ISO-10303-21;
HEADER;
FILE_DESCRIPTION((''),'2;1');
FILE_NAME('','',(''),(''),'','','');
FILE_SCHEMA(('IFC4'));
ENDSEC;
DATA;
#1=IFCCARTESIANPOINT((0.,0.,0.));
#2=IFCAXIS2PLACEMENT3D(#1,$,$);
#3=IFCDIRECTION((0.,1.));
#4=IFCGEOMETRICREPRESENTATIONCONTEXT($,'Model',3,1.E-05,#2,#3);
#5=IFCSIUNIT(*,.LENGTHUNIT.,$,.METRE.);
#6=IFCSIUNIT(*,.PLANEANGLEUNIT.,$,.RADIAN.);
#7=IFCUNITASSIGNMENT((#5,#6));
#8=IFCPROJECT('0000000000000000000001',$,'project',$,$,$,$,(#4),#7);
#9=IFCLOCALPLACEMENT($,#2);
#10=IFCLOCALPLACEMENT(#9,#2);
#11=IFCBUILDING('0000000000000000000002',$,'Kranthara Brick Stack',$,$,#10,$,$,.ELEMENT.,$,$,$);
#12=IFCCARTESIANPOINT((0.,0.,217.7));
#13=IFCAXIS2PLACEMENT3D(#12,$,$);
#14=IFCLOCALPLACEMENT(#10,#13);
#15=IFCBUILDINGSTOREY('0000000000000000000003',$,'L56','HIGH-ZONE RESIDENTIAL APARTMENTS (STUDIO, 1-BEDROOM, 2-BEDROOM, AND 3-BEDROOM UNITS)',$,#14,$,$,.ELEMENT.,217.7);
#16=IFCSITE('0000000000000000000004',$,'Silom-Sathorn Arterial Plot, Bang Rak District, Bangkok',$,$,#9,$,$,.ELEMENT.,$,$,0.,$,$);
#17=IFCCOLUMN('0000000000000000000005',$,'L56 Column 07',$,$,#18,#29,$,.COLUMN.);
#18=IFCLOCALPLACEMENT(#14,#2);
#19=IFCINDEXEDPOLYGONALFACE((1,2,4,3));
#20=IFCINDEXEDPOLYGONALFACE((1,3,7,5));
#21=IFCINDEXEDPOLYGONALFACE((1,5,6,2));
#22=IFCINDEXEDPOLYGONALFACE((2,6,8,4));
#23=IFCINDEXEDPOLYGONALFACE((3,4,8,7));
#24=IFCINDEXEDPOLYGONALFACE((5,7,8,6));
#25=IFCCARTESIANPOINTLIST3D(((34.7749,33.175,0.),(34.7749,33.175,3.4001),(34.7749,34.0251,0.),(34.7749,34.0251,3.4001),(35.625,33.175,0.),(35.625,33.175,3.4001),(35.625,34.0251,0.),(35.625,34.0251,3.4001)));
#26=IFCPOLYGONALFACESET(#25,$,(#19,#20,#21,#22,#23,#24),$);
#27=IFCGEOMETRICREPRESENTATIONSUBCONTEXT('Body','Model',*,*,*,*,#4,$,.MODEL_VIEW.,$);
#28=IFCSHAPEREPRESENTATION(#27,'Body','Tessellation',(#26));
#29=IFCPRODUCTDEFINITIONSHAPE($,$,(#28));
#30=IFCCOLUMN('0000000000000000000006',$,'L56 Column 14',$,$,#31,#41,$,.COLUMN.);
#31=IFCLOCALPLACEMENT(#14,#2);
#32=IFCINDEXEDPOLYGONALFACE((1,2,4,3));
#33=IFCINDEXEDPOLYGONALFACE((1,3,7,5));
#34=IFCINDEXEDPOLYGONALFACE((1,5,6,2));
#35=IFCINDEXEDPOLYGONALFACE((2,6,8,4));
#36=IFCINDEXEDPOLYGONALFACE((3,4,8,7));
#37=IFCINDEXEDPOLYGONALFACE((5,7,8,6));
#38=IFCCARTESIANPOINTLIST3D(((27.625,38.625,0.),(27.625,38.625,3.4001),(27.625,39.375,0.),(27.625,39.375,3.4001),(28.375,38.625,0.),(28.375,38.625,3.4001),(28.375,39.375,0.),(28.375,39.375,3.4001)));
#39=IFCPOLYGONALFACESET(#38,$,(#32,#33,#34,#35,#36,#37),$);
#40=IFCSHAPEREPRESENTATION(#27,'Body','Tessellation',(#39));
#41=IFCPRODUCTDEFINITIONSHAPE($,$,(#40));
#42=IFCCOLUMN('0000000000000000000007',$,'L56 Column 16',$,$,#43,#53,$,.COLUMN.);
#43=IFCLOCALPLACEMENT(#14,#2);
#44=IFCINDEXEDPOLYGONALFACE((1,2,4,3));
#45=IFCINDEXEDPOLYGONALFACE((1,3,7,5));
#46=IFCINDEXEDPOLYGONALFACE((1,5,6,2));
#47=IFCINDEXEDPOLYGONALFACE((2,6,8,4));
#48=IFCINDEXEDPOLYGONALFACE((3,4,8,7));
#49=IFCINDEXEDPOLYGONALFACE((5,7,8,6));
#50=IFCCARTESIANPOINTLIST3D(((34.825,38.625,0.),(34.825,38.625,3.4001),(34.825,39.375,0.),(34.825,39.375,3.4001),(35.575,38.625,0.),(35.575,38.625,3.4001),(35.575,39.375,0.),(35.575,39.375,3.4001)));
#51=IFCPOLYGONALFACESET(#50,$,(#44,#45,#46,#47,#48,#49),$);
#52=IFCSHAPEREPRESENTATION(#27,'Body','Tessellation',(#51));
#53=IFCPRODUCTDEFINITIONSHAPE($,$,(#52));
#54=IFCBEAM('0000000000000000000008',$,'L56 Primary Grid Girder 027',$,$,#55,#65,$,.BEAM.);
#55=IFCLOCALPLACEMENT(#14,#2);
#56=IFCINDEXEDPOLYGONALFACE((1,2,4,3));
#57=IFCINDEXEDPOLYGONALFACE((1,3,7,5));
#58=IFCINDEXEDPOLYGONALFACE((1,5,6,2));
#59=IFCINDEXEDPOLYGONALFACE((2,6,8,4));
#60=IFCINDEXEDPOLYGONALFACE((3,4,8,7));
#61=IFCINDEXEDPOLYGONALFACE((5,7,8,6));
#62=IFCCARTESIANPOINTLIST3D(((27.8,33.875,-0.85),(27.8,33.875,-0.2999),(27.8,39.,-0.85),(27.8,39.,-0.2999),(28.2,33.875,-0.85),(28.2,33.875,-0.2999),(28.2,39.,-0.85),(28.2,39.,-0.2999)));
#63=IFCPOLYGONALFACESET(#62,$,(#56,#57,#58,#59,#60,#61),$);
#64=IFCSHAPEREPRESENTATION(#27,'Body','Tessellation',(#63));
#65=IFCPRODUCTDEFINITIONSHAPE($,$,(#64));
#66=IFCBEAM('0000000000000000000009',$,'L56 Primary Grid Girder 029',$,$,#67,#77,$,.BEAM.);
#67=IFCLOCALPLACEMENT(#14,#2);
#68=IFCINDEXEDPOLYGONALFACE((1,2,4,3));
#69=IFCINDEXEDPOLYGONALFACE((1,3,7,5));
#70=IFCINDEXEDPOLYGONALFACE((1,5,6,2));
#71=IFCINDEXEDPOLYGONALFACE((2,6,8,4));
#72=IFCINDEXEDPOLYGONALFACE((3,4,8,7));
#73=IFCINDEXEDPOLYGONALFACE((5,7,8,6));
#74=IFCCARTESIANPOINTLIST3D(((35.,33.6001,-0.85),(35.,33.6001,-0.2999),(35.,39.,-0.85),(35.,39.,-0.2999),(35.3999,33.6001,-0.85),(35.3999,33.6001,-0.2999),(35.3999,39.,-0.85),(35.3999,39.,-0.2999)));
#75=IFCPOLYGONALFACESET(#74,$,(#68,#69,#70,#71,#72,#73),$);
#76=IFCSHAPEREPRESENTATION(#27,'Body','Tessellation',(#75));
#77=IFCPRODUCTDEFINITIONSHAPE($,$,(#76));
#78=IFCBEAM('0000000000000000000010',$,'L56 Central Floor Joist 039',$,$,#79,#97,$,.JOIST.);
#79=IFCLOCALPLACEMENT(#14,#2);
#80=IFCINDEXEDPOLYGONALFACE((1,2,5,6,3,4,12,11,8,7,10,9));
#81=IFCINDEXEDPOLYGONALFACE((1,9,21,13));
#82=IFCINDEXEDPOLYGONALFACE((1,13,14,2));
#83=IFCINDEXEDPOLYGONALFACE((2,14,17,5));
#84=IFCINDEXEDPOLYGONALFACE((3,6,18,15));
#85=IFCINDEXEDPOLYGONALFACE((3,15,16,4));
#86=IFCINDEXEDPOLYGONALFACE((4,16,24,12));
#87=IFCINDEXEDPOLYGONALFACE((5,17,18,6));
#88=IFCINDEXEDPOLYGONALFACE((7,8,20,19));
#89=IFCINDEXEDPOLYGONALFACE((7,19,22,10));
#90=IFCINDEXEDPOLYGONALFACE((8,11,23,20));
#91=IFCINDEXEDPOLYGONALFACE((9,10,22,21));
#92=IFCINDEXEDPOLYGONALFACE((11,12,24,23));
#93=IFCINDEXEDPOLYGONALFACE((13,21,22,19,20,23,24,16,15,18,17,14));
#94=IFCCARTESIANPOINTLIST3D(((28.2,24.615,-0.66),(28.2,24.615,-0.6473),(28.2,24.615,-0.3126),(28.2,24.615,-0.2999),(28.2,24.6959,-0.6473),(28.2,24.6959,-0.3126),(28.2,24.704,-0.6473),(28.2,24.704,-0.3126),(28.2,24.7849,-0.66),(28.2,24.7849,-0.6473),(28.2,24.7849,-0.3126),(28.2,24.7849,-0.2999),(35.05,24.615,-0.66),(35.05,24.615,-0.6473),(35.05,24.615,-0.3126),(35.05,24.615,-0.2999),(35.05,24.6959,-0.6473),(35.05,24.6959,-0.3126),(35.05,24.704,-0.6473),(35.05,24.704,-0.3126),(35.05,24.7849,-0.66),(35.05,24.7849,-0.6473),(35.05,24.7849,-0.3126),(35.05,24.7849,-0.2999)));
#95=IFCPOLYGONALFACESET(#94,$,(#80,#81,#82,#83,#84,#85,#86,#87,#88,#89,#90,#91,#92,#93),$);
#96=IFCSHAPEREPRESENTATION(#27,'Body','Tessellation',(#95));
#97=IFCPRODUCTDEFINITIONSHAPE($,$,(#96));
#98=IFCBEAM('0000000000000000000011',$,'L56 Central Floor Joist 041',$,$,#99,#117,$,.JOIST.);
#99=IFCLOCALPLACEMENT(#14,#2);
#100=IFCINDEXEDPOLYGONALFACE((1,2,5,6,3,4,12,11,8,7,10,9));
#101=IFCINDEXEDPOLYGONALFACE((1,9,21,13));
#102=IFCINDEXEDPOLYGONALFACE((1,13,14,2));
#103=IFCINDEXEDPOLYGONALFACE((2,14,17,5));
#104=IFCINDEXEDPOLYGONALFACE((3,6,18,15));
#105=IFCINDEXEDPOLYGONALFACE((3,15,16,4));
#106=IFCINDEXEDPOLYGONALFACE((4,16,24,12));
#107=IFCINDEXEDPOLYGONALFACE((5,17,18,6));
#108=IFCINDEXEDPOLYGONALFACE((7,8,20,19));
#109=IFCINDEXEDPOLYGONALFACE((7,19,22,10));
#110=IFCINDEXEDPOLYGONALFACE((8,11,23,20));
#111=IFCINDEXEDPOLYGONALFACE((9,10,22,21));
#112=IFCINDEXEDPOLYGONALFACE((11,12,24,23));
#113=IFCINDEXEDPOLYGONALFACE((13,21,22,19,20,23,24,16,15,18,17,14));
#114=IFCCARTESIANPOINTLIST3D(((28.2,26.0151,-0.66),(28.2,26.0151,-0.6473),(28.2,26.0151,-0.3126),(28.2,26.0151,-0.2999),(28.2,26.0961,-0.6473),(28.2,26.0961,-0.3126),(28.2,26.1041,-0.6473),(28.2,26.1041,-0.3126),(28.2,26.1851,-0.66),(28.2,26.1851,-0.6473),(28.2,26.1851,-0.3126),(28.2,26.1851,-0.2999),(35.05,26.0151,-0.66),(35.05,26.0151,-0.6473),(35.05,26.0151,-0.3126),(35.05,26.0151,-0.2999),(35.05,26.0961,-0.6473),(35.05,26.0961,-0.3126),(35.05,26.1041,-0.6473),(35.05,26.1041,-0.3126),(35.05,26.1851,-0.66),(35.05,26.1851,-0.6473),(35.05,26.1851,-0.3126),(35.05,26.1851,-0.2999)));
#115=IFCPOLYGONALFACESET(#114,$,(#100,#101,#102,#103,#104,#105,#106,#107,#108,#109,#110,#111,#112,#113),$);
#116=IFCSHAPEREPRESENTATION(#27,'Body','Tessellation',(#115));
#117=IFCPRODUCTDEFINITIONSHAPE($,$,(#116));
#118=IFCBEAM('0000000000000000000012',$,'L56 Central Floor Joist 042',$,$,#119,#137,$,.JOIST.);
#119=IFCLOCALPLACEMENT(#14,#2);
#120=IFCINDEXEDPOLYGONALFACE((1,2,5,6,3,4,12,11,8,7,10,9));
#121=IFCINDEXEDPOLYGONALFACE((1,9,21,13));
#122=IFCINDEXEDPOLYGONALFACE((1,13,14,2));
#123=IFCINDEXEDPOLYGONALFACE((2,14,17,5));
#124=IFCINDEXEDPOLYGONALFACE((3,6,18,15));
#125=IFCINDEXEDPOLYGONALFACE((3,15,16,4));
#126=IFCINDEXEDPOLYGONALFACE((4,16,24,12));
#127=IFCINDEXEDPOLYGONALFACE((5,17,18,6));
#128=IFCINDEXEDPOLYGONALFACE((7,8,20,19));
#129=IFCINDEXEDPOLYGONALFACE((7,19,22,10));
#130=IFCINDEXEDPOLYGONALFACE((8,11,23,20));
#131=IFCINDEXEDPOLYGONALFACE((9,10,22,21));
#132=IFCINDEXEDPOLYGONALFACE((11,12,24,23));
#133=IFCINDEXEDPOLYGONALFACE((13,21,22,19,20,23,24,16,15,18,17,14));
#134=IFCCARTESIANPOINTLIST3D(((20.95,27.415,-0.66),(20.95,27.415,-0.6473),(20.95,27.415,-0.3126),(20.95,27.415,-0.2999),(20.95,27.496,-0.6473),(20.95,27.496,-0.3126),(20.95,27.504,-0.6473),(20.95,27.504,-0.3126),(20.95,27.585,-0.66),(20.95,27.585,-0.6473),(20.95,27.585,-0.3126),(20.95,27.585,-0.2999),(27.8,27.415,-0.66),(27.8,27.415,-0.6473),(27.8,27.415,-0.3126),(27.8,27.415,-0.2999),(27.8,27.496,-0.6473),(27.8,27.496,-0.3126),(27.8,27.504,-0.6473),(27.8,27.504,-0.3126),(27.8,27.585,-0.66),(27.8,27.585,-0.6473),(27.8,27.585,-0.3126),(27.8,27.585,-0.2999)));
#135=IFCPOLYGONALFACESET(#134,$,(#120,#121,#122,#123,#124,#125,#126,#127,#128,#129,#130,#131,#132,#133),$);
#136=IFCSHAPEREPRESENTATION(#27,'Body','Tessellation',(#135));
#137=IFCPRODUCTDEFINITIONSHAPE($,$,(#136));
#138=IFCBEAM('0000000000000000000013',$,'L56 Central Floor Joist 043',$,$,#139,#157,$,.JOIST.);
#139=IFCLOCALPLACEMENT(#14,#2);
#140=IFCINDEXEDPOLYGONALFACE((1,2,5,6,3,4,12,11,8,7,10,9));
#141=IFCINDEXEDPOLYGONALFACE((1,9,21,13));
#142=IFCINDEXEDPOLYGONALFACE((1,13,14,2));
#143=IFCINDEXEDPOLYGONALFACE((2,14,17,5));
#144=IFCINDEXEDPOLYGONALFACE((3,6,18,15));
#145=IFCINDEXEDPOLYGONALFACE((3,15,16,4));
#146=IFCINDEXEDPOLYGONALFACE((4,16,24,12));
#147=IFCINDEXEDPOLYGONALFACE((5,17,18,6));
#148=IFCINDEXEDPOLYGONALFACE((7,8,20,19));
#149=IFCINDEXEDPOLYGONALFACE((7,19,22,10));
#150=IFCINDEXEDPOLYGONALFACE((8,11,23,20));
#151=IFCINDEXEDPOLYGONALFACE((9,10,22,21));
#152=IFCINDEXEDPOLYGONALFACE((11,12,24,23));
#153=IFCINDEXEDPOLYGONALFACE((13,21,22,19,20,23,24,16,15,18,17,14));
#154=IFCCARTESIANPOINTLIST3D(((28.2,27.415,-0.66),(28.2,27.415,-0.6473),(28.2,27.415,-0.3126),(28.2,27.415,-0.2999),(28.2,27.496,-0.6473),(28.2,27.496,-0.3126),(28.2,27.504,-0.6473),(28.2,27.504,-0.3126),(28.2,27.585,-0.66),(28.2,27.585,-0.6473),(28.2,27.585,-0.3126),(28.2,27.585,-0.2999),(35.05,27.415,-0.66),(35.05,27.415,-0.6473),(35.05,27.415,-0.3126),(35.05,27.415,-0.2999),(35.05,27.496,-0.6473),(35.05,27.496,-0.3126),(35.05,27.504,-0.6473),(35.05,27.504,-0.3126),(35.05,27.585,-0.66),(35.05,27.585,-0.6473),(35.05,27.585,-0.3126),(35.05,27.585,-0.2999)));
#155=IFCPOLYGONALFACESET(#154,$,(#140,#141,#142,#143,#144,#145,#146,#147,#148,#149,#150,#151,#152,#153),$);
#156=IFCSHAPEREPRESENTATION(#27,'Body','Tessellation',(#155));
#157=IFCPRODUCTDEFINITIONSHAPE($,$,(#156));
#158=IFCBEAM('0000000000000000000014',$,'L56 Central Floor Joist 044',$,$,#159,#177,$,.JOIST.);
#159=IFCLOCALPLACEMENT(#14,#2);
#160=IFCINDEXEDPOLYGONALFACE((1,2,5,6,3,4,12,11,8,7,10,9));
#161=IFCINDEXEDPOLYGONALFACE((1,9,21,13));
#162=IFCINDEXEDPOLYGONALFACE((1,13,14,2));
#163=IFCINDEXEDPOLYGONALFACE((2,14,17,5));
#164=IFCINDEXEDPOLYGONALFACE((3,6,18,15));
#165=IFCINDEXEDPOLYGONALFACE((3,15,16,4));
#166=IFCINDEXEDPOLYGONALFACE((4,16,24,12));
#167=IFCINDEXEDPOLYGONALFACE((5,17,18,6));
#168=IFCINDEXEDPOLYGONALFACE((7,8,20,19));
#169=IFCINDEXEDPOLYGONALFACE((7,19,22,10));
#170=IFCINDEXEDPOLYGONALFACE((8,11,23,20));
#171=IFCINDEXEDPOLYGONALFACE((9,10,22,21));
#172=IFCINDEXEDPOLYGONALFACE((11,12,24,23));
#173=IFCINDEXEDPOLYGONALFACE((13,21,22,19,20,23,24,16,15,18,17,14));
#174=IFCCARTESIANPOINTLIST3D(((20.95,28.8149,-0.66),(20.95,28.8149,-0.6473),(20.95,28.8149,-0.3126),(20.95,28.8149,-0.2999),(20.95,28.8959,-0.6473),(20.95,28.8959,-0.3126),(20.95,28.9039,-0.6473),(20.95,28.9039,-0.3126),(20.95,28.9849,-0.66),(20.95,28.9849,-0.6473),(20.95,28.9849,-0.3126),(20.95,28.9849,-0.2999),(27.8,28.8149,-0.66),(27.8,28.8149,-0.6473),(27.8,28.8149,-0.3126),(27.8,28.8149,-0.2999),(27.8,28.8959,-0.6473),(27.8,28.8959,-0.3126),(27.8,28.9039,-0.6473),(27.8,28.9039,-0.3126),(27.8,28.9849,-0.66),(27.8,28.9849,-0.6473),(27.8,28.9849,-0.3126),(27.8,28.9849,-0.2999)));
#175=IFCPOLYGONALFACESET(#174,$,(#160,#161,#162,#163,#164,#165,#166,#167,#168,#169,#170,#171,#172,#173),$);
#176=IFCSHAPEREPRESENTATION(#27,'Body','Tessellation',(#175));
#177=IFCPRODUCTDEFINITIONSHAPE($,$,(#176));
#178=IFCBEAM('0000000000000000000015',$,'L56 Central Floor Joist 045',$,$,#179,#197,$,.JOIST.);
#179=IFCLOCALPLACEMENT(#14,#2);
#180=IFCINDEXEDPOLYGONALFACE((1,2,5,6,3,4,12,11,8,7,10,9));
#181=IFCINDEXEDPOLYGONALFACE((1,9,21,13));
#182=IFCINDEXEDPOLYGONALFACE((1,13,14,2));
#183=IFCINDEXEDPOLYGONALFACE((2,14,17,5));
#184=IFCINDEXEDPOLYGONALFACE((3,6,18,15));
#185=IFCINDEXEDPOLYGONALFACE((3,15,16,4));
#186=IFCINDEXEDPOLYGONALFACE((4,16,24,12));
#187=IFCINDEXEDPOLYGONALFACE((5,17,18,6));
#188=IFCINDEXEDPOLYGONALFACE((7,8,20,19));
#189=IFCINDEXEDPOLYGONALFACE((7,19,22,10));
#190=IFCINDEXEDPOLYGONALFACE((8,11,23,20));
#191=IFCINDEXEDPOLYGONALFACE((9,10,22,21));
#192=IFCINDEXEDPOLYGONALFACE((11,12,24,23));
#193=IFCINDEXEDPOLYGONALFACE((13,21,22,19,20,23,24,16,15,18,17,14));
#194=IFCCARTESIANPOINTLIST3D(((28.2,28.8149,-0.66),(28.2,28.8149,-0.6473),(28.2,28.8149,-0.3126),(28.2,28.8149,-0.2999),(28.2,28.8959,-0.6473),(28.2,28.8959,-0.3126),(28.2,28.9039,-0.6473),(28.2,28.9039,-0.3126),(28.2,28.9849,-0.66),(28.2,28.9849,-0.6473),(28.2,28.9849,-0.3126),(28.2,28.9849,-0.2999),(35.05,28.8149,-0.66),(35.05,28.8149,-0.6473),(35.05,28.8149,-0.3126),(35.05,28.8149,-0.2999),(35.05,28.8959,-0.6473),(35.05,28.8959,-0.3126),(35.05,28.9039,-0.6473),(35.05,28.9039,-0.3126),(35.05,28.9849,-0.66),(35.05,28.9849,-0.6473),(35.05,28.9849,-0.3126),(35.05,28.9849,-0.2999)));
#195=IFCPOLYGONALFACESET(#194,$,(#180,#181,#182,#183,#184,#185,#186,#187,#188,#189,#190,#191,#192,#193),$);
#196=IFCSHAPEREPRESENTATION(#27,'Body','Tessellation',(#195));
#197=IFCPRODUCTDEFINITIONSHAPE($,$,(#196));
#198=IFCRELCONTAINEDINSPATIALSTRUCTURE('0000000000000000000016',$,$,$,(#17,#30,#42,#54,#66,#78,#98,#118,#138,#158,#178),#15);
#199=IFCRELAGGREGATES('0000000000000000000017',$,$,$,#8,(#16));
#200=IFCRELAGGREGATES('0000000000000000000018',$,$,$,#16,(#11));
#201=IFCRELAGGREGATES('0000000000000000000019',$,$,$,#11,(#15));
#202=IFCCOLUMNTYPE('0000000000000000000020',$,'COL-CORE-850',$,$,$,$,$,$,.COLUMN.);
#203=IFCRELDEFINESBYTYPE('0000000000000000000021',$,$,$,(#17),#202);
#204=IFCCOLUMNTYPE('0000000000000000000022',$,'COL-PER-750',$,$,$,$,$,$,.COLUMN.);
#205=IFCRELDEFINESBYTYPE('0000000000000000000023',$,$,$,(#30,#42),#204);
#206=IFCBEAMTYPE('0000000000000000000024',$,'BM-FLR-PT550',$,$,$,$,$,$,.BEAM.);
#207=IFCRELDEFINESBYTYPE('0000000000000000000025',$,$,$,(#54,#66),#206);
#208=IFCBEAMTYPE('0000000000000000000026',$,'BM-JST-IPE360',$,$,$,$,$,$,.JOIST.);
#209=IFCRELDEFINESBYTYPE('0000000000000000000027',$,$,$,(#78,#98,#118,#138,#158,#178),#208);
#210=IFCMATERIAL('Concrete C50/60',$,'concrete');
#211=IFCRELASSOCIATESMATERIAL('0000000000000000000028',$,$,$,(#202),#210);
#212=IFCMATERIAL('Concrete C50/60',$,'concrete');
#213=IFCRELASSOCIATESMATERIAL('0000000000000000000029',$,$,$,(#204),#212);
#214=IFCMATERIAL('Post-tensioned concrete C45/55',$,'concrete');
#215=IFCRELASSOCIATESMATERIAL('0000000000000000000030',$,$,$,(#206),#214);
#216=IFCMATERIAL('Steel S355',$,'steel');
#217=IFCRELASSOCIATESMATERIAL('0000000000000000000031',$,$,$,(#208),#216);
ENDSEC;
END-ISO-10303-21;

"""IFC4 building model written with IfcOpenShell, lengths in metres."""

from ifc_helpers import new_model, si_unit, direction, frame, origin, origin_2d, place, context, subcontext, project, spatial, rectangle, i_section, extrude, material, material_profile, profile_set, type_object, element, save


model = new_model("IFC4")

# Units and contexts
model_context = context("Model", 3, precision=1e-05, world=origin(), true_north=direction((0.0, 1.0)))
body_context = subcontext(model_context, "Body", "Model", "MODEL_VIEW")
ifc_project = project(units=[si_unit("LENGTHUNIT", "METRE"), si_unit("PLANEANGLEUNIT", "RADIAN")], contexts=[model_context])

# Site, building, storey
site_placement = place(None, origin())
site = spatial("IfcSite", under=ifc_project, at=site_placement, Name="Silom-Sathorn Arterial Plot, Bang Rak District, Bangkok", CompositionType="ELEMENT", RefElevation=0.0)
building_placement = place(site_placement, origin())
building = spatial("IfcBuilding", under=site, at=building_placement, Name="Kranthara Brick Stack", CompositionType="ELEMENT")
storey_placement = place(building_placement, frame((0.0, 0.0, 217.7)))
storey = spatial("IfcBuildingStorey", under=building, at=storey_placement, Name="L56", Description="HIGH-ZONE RESIDENTIAL APARTMENTS (STUDIO, 1-BEDROOM, 2-BEDROOM, AND 3-BEDROOM UNITS)", CompositionType="ELEMENT", Elevation=217.7)

# Columns
ifc_material_1 = material(Name="Concrete C50/60", Category="concrete")
ifc_material_profile_1 = material_profile(ifc_material_1, rectangle(XDim=0.8501, YDim=0.8501, at=origin_2d()), Name="RC 850x850")
ifc_profile_set_1 = profile_set([ifc_material_profile_1], Name="Concrete C50/60")
column_type_1 = type_object("IfcColumnType", Name="COL-CORE-850", PredefinedType="COLUMN", material=ifc_profile_set_1)
column_placement = place(storey_placement, frame((35.2, 33.6001, 0.0), z_axis=(0.0, 0.0, 1.0), x_axis=(1.0, 0.0, 0.0)))
element("IfcColumn", 1, at=column_placement, inside=storey, type_object=column_type_1, Name="L56 Column 07", PredefinedType="COLUMN", context=body_context, shape_type="SweptSolid", body=[
    extrude(rectangle(XDim=0.8501, YDim=0.8501, at=origin_2d()), origin(), (0.0, 0.0, 1.0), 3.4001),
])
ifc_material_2 = material(Name="Concrete C50/60", Category="concrete")
ifc_material_profile_2 = material_profile(ifc_material_2, rectangle(XDim=0.75, YDim=0.75, at=origin_2d()), Name="RC 750x750")
ifc_profile_set_2 = profile_set([ifc_material_profile_2], Name="Concrete C50/60")
column_type_2 = type_object("IfcColumnType", Name="COL-PER-750", PredefinedType="COLUMN", material=ifc_profile_set_2)
for number, where, z_axis, x_axis, name in (
    (2, (28.0, 39.0, 0.0), (0.0, 0.0, 1.0), (1.0, 0.0, 0.0), "L56 Column 14"),
    (3, (35.2, 39.0, 0.0), (0.0, 0.0, 1.0), (1.0, 0.0, 0.0), "L56 Column 16"),
):
    element("IfcColumn", number, at=place(storey_placement, frame(where, z_axis=z_axis, x_axis=x_axis)), inside=storey, type_object=column_type_2, Name=name, PredefinedType="COLUMN", context=body_context, shape_type="SweptSolid", body=[
        extrude(rectangle(XDim=0.75, YDim=0.75, at=origin_2d()), origin(), (0.0, 0.0, 1.0), 3.4001),
    ])

# Beams
ifc_material_3 = material(Name="Post-tensioned concrete C45/55", Category="concrete")
ifc_material_profile_3 = material_profile(ifc_material_3, rectangle(XDim=0.3999, YDim=0.55, at=origin_2d()), Name="PT 400x550")
ifc_profile_set_3 = profile_set([ifc_material_profile_3], Name="Post-tensioned concrete C45/55")
beam_type_1 = type_object("IfcBeamType", Name="BM-FLR-PT550", PredefinedType="BEAM", material=ifc_profile_set_3)
beam_1_placement = place(storey_placement, frame((28.0, 33.875, -0.575), z_axis=(0.0, 1.0, 0.0), x_axis=(-1.0, 0.0, 0.0)))
element("IfcBeam", 4, at=beam_1_placement, inside=storey, type_object=beam_type_1, Name="L56 Primary Grid Girder 027", PredefinedType="BEAM", context=body_context, shape_type="SweptSolid", body=[
    extrude(rectangle(XDim=0.3999, YDim=0.55, at=origin_2d()), origin(), (0.0, 0.0, 1.0), 5.125),
])
beam_2_placement = place(storey_placement, frame((35.2, 33.6001, -0.575), z_axis=(0.0, 1.0, 0.0), x_axis=(-1.0, 0.0, 0.0)))
element("IfcBeam", 5, at=beam_2_placement, inside=storey, type_object=beam_type_1, Name="L56 Primary Grid Girder 029", PredefinedType="BEAM", context=body_context, shape_type="SweptSolid", body=[
    extrude(rectangle(XDim=0.3999, YDim=0.55, at=origin_2d()), origin(), (0.0, 0.0, 1.0), 5.3999),
])
ifc_material_4 = material(Name="Steel S355", Category="steel")
ifc_material_profile_4 = material_profile(ifc_material_4, i_section(OverallWidth=0.1699, OverallDepth=0.3601, WebThickness=0.0081, FlangeThickness=0.0127, at=origin_2d()), Name="IPE 360")
ifc_profile_set_4 = profile_set([ifc_material_profile_4], Name="Steel S355")
beam_type_2 = type_object("IfcBeamType", Name="BM-JST-IPE360", PredefinedType="JOIST", material=ifc_profile_set_4)
for number, where, z_axis, x_axis, name in (
    (6, (28.2, 24.7, -0.48), (1.0, 0.0, 0.0), (0.0, 1.0, 0.0), "L56 Central Floor Joist 039"),
    (7, (28.2, 26.1001, -0.48), (1.0, 0.0, 0.0), (0.0, 1.0, 0.0), "L56 Central Floor Joist 041"),
    (8, (20.95, 27.5, -0.48), (1.0, 0.0, 0.0), (0.0, 1.0, 0.0), "L56 Central Floor Joist 042"),
    (9, (28.2, 27.5, -0.48), (1.0, 0.0, 0.0), (0.0, 1.0, 0.0), "L56 Central Floor Joist 043"),
    (10, (20.95, 28.8999, -0.48), (1.0, 0.0, 0.0), (0.0, 1.0, 0.0), "L56 Central Floor Joist 044"),
    (11, (28.2, 28.8999, -0.48), (1.0, 0.0, 0.0), (0.0, 1.0, 0.0), "L56 Central Floor Joist 045"),
):
    element("IfcBeam", number, at=place(storey_placement, frame(where, z_axis=z_axis, x_axis=x_axis)), inside=storey, type_object=beam_type_2, Name=name, PredefinedType="JOIST", context=body_context, shape_type="SweptSolid", body=[
        extrude(i_section(OverallWidth=0.1699, OverallDepth=0.3601, WebThickness=0.0081, FlangeThickness=0.0127, at=origin_2d()), origin(), (0.0, 0.0, 1.0), 6.8501),
    ])

save(model, "model.ifc")
